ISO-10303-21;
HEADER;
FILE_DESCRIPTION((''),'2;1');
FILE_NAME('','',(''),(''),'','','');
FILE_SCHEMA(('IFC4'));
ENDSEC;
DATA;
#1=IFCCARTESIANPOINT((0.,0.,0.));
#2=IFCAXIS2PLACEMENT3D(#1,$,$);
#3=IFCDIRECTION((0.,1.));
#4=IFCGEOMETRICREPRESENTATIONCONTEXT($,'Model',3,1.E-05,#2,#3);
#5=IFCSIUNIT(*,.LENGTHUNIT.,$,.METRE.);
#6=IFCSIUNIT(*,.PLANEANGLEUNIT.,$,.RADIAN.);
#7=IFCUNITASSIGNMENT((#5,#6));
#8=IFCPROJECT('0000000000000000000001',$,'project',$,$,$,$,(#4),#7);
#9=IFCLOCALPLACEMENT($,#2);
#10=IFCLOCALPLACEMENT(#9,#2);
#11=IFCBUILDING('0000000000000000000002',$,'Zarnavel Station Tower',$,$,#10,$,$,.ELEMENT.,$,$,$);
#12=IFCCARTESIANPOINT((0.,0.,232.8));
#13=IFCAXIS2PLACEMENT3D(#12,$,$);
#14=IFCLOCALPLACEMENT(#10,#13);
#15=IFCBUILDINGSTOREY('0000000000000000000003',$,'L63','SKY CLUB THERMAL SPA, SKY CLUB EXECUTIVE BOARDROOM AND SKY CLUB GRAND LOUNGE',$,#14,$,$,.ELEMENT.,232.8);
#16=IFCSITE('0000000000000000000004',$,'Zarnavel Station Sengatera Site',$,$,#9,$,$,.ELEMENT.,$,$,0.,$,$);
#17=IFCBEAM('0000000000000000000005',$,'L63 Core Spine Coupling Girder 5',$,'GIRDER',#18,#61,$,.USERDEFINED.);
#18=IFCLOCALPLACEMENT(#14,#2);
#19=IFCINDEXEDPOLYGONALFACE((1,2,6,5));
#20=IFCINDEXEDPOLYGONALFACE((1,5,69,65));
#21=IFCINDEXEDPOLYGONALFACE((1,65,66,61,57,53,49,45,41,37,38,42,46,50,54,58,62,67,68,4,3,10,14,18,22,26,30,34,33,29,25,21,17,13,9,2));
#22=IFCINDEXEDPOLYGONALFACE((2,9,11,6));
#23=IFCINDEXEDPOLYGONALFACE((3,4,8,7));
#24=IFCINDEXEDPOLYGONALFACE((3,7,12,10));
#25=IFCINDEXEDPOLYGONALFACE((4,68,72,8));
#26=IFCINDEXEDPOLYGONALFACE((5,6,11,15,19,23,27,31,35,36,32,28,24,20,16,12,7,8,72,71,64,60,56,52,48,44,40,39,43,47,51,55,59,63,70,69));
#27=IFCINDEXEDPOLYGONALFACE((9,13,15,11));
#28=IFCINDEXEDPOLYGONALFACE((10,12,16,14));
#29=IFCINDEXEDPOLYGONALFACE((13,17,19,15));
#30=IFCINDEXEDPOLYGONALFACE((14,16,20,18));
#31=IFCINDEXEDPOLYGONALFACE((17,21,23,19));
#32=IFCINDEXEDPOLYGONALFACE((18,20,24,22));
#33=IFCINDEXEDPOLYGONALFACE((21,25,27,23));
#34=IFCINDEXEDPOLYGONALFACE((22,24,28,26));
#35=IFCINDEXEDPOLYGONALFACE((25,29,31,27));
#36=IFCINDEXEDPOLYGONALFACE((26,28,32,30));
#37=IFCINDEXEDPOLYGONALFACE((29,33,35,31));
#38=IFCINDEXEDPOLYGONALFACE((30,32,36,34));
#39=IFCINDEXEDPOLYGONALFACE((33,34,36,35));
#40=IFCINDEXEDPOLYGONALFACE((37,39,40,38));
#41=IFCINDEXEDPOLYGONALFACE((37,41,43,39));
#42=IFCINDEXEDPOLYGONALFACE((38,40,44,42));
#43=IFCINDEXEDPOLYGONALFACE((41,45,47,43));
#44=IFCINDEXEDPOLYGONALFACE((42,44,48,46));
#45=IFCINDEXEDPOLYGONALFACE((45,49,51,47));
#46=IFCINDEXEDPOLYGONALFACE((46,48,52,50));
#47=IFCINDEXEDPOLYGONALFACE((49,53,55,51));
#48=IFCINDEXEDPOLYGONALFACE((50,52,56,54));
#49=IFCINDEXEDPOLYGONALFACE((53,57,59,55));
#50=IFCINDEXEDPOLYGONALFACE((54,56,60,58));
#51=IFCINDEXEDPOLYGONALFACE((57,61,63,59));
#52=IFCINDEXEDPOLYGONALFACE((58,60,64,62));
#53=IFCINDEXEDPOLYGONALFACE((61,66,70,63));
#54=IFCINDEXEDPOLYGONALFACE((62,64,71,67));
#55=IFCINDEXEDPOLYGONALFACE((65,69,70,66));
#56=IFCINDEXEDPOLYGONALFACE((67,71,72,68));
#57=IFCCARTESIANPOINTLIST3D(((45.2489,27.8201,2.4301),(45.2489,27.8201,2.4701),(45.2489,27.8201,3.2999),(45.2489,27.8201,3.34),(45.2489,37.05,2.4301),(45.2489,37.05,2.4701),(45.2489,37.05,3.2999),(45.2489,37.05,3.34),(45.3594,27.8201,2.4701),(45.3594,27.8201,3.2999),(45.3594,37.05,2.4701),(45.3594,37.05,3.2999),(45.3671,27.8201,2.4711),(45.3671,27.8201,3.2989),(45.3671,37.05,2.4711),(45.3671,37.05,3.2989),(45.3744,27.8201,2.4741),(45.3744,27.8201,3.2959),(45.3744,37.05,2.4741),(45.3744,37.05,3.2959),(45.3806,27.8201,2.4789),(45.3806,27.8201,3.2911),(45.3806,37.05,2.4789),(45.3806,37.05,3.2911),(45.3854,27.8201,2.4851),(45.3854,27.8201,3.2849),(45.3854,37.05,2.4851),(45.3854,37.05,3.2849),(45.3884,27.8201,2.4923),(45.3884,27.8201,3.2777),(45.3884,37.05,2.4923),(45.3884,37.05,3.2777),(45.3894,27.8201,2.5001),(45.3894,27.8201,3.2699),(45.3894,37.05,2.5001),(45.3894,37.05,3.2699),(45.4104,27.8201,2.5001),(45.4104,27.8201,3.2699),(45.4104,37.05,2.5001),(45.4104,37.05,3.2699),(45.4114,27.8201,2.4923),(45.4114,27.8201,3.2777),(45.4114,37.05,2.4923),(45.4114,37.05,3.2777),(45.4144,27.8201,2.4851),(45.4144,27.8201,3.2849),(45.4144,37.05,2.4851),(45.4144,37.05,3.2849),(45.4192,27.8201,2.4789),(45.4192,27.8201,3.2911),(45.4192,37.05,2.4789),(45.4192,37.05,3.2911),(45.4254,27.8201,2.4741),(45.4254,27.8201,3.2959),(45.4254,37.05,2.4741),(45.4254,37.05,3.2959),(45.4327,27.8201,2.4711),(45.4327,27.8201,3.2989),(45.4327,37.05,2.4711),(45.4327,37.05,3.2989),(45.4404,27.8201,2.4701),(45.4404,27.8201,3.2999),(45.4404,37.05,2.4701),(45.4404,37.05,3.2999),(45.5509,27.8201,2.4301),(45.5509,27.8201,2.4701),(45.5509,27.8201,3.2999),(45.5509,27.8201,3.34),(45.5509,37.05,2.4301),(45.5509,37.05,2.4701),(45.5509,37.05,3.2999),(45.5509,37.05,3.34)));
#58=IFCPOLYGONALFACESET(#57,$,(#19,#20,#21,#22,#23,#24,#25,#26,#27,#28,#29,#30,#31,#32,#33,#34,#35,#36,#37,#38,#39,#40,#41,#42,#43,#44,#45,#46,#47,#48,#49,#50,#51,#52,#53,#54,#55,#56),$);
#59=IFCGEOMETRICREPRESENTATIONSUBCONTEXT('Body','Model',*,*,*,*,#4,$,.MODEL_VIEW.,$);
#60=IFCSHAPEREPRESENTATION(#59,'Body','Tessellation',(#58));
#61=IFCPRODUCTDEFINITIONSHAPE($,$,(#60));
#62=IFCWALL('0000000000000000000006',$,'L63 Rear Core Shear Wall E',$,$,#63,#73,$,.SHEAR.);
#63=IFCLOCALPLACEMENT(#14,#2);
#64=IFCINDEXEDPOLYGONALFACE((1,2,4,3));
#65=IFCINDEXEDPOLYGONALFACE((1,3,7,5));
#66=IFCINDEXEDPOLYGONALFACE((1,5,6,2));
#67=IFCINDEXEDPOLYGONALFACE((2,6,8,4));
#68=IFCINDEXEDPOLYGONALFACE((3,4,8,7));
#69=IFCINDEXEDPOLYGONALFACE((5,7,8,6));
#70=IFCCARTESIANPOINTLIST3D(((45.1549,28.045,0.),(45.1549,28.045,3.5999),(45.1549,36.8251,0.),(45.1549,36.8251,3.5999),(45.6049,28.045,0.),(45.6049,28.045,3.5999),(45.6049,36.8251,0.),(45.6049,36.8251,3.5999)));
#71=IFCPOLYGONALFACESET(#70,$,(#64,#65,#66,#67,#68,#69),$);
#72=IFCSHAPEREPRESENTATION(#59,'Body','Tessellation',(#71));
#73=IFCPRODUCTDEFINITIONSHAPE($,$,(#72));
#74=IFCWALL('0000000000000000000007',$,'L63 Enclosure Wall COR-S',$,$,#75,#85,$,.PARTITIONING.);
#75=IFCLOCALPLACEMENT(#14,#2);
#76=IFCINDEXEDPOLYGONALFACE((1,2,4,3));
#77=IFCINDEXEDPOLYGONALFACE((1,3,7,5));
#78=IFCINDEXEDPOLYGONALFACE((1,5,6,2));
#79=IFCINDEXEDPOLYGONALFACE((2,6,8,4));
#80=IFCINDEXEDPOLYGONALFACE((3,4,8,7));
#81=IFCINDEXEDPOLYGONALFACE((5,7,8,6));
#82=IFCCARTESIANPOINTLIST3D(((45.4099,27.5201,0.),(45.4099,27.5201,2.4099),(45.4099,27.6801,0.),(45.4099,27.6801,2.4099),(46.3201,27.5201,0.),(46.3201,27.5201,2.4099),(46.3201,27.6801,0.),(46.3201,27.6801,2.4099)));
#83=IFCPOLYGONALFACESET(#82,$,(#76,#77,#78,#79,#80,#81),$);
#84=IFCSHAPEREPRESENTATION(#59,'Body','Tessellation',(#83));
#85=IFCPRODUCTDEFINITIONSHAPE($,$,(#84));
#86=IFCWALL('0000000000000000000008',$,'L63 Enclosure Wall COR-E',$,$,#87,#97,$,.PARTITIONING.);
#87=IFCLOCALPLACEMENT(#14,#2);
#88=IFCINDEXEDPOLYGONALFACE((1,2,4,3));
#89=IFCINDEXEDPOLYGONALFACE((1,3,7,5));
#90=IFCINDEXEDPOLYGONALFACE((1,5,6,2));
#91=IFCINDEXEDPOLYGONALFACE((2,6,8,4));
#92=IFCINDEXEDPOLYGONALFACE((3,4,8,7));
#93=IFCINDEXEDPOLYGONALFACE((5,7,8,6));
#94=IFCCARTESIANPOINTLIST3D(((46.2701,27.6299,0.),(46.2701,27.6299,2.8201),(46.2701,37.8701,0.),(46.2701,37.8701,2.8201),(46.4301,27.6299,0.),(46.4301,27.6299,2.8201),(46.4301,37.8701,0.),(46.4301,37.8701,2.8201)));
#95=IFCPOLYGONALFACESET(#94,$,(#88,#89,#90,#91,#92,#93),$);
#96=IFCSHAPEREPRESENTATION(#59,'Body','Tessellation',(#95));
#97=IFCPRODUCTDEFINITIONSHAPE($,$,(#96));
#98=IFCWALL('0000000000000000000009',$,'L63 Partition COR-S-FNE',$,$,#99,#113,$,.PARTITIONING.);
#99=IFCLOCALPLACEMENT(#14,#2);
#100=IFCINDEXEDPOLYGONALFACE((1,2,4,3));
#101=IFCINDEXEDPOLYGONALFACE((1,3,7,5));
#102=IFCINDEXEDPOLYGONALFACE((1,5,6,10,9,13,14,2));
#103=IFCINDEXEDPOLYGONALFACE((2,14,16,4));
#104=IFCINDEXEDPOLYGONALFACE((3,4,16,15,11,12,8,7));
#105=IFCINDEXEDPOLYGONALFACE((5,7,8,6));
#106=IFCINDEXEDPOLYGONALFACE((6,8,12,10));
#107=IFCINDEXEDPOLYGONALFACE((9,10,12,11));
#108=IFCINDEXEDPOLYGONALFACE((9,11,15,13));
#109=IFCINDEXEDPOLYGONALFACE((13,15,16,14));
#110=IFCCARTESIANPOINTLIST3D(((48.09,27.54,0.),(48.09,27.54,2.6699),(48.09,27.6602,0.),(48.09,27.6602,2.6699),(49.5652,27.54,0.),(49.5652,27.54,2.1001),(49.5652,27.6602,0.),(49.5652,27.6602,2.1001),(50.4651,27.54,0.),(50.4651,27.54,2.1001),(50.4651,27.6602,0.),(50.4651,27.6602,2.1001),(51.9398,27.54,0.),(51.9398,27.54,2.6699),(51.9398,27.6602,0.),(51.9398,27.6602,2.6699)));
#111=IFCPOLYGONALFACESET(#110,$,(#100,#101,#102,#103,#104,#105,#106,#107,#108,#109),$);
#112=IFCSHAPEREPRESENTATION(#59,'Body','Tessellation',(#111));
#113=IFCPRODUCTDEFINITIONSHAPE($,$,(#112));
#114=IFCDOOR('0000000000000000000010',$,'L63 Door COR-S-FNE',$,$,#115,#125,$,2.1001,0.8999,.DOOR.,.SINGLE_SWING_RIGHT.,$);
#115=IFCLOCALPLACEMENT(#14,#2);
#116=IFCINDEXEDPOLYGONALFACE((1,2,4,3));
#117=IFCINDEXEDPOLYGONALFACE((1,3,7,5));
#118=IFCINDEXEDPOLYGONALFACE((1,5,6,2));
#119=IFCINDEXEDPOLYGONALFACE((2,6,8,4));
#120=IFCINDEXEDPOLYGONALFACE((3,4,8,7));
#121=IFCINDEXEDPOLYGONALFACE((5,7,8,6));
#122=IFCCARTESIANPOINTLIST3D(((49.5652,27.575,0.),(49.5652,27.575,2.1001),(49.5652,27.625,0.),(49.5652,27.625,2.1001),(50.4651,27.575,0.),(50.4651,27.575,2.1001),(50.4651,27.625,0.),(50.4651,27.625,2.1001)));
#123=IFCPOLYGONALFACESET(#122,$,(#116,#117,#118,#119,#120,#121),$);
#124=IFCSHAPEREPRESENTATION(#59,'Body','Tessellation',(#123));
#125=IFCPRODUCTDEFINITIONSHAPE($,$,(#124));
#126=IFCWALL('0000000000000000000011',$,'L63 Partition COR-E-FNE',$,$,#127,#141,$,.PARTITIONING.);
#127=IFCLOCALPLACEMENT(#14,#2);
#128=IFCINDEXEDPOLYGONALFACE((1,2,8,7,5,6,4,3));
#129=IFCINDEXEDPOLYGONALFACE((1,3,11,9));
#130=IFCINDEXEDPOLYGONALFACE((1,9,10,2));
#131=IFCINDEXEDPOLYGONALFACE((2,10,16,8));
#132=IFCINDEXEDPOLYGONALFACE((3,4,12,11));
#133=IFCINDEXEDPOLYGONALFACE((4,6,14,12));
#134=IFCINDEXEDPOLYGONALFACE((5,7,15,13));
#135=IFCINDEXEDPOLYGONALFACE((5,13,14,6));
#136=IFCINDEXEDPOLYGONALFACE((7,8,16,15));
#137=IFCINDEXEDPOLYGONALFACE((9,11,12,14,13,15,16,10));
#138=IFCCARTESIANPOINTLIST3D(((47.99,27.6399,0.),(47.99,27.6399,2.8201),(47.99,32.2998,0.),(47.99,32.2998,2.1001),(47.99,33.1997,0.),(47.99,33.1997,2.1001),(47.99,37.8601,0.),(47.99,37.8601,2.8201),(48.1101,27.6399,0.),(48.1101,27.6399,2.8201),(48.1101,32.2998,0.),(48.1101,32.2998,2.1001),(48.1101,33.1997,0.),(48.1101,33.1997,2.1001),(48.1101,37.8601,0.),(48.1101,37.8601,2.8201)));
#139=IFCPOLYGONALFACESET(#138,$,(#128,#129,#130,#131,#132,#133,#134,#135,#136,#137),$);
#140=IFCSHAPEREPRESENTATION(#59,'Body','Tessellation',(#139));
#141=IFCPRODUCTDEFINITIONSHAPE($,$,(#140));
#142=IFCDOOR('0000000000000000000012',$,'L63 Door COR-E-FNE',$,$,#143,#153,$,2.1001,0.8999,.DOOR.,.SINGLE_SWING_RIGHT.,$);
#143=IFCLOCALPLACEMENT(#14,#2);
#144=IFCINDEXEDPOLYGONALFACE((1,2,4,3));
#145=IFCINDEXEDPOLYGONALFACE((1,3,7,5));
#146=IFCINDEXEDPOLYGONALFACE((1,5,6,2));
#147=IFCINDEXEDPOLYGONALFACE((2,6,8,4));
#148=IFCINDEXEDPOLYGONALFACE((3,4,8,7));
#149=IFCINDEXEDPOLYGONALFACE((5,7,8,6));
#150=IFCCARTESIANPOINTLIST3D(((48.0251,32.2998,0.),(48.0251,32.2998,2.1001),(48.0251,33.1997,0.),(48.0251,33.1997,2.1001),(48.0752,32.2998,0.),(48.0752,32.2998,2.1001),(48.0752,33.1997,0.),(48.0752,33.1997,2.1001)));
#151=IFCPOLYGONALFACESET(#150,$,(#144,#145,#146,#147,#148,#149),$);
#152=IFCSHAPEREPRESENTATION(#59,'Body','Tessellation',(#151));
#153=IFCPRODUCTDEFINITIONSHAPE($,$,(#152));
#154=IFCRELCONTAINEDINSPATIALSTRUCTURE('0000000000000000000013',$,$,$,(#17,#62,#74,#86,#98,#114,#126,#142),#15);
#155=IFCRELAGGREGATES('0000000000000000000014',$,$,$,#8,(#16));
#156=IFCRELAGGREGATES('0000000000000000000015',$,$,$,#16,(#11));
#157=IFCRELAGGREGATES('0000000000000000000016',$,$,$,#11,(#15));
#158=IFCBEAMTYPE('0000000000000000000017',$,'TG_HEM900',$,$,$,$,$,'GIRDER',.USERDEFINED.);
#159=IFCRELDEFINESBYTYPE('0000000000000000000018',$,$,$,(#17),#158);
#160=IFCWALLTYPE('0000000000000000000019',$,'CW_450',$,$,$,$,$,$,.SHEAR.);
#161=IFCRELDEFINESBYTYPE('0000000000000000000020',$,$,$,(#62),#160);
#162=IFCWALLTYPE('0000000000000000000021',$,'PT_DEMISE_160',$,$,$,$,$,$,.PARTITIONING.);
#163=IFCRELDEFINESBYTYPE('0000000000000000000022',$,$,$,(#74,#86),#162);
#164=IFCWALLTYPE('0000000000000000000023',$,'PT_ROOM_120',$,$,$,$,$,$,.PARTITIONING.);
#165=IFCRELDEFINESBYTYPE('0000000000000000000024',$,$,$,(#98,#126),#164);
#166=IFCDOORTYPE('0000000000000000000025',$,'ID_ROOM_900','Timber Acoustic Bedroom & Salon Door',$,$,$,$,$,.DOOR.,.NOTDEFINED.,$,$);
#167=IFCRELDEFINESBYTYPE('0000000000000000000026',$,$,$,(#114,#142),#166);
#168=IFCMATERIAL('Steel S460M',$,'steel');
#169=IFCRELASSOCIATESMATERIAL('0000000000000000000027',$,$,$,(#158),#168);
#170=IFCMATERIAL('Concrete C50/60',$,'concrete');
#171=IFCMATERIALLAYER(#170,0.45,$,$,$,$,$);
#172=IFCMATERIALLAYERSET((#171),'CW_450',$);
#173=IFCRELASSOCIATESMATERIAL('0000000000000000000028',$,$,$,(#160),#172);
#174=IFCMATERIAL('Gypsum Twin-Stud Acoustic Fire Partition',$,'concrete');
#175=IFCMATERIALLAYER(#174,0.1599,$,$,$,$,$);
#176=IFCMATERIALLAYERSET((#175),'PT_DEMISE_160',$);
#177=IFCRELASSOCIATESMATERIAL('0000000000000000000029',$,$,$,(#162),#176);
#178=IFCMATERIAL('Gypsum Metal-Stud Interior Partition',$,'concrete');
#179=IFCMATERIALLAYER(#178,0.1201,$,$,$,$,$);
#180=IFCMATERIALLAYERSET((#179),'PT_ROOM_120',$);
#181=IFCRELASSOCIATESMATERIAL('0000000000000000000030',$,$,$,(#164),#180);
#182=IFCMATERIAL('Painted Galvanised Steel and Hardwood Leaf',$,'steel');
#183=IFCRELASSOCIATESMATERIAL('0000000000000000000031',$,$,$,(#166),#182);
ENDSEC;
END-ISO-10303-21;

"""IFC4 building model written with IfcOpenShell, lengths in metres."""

from ifc_helpers import new_model, si_unit, direction, frame, frame_2d, origin, origin_2d, place, context, subcontext, project, spatial, rectangle, i_section, extrude, material, layer, layer_set, material_profile, profile_set, type_object, element, fill, save


model = new_model("IFC4")

# Units and contexts
model_context = context("Model", 3, precision=1e-05, world=origin(), true_north=direction((0.0, 1.0)))
body_context = subcontext(model_context, "Body", "Model", "MODEL_VIEW")
ifc_project = project(units=[si_unit("LENGTHUNIT", "METRE"), si_unit("PLANEANGLEUNIT", "RADIAN")], contexts=[model_context])

# Site, building, storey
site_placement = place(None, origin())
site = spatial("IfcSite", under=ifc_project, at=site_placement, Name="Zarnavel Station Sengatera Site", CompositionType="ELEMENT", RefElevation=0.0)
building_placement = place(site_placement, origin())
building = spatial("IfcBuilding", under=site, at=building_placement, Name="Zarnavel Station Tower", CompositionType="ELEMENT")
storey_placement = place(building_placement, frame((0.0, 0.0, 232.8)))
storey = spatial("IfcBuildingStorey", under=building, at=storey_placement, Name="L63", Description="SKY CLUB THERMAL SPA, SKY CLUB EXECUTIVE BOARDROOM AND SKY CLUB GRAND LOUNGE", CompositionType="ELEMENT", Elevation=232.8)

# Beam
ifc_material_1 = material(Name="Steel S460M", Category="steel")
ifc_material_profile_1 = material_profile(ifc_material_1, i_section(OverallWidth=0.302, OverallDepth=0.9099, WebThickness=0.021, FlangeThickness=0.04, FilletRadius=0.03, at=origin_2d()), Name="HEM900")
ifc_profile_set_1 = profile_set([ifc_material_profile_1], Name="Steel S460M")
beam_type_1 = type_object("IfcBeamType", Name="TG_HEM900", ElementType="GIRDER", PredefinedType="USERDEFINED", material=ifc_profile_set_1)
beam_1_placement = place(storey_placement, frame((45.3999, 27.8201, 2.885), z_axis=(0.0, 1.0, 0.0), x_axis=(-1.0, 0.0, 0.0)))
element("IfcBeam", 1, at=beam_1_placement, inside=storey, type_object=beam_type_1, Name="L63 Core Spine Coupling Girder 5", ObjectType="GIRDER", PredefinedType="USERDEFINED", context=body_context, shape_type="SweptSolid", body=[
    extrude(i_section(OverallWidth=0.302, OverallDepth=0.9099, WebThickness=0.021, FlangeThickness=0.04, FilletRadius=0.03, at=origin_2d()), origin(), (0.0, 0.0, 1.0), 9.23),
])

# Shared definitions
ifc_material_2 = material(Name="Concrete C50/60", Category="concrete")
ifc_layer_1 = layer(ifc_material_2, 0.45)
ifc_layer_set_1 = layer_set([ifc_layer_1], Name="CW_450")
wall_type_1 = type_object("IfcWallType", Name="CW_450", PredefinedType="SHEAR", material=ifc_layer_set_1)

# Walls
wall_1_placement = place(storey_placement, frame((45.3799, 28.0449, 0.0), z_axis=(0.0, 0.0, 1.0), x_axis=(0.0, 1.0, 0.0)))
element("IfcWall", 2, at=wall_1_placement, inside=storey, type_object=wall_type_1, Name="L63 Rear Core Shear Wall E", PredefinedType="SHEAR", context=body_context, shape_type="SweptSolid", body=[
    extrude(rectangle(XDim=8.78, YDim=0.45, at=frame_2d((4.3901, 0.0))), origin(), (0.0, 0.0, 1.0), 3.5999),
])
ifc_material_3 = material(Name="Gypsum Twin-Stud Acoustic Fire Partition", Category="concrete")
ifc_layer_2 = layer(ifc_material_3, 0.1599)
ifc_layer_set_2 = layer_set([ifc_layer_2], Name="PT_DEMISE_160")
wall_type_2 = type_object("IfcWallType", Name="PT_DEMISE_160", PredefinedType="PARTITIONING", material=ifc_layer_set_2)
wall_2_placement = place(storey_placement, frame((45.4099, 27.6001, 0.0), z_axis=(0.0, 0.0, 1.0), x_axis=(1.0, 0.0, 0.0)))
element("IfcWall", 3, at=wall_2_placement, inside=storey, type_object=wall_type_2, Name="L63 Enclosure Wall COR-S", PredefinedType="PARTITIONING", context=body_context, shape_type="SweptSolid", body=[
    extrude(rectangle(XDim=0.9102, YDim=0.1599, at=frame_2d((0.4551, 0.0))), origin(), (0.0, 0.0, 1.0), 2.4099),
])
wall_3_placement = place(storey_placement, frame((46.3501, 27.6299, 0.0), z_axis=(0.0, 0.0, 1.0), x_axis=(0.0, 1.0, 0.0)))
element("IfcWall", 4, at=wall_3_placement, inside=storey, type_object=wall_type_2, Name="L63 Enclosure Wall COR-E", PredefinedType="PARTITIONING", context=body_context, shape_type="SweptSolid", body=[
    extrude(rectangle(XDim=10.2402, YDim=0.1599, at=frame_2d((5.1201, 0.0))), origin(), (0.0, 0.0, 1.0), 2.8201),
])

# Walls, openings, doors
ifc_material_4 = material(Name="Gypsum Metal-Stud Interior Partition", Category="concrete")
ifc_layer_3 = layer(ifc_material_4, 0.1201)
ifc_layer_set_3 = layer_set([ifc_layer_3], Name="PT_ROOM_120")
wall_type_3 = type_object("IfcWallType", Name="PT_ROOM_120", PredefinedType="PARTITIONING", material=ifc_layer_set_3)
wall_4_placement = place(storey_placement, frame((48.0901, 27.6001, 0.0), z_axis=(0.0, 0.0, 1.0), x_axis=(1.0, 0.0, 0.0)))
wall_4 = element("IfcWall", 5, at=wall_4_placement, inside=storey, type_object=wall_type_3, Name="L63 Partition COR-S-FNE", PredefinedType="PARTITIONING", context=body_context, shape_type="SweptSolid", body=[
    extrude(rectangle(XDim=3.8499, YDim=0.1201, at=frame_2d((1.9248, 0.0))), origin(), (0.0, 0.0, 1.0), 2.6699),
])
opening_1_placement = place(wall_4_placement, frame((1.4751, 0.0, 0.0)))
opening_1 = element("IfcOpeningElement", 6, at=opening_1_placement, cuts=wall_4, PredefinedType="OPENING", context=body_context, shape_type="SweptSolid", body=[
    extrude(rectangle(XDim=0.8999, YDim=2.1001, at=frame_2d((0.45, 1.05))), frame((0.0, 0.0701, 0.0), z_axis=(0.0, -1.0, 0.0), x_axis=(1.0, 0.0, 0.0)), (0.0, 0.0, 1.0), 0.1401),
])
ifc_material_5 = material(Name="Painted Galvanised Steel and Hardwood Leaf", Category="steel")
door_type_1 = type_object("IfcDoorType", Name="ID_ROOM_900", Description="Timber Acoustic Bedroom & Salon Door", OperationType="NOTDEFINED", PredefinedType="DOOR", material=ifc_material_5)
door_1_placement = place(opening_1_placement, origin())
door_1 = element("IfcDoor", 7, at=door_1_placement, inside=storey, type_object=door_type_1, Name="L63 Door COR-S-FNE", OperationType="SINGLE_SWING_RIGHT", OverallHeight=2.1001, OverallWidth=0.8999, PredefinedType="DOOR", context=body_context, shape_type="SweptSolid", body=[
    extrude(rectangle(XDim=0.8999, YDim=2.1001, at=frame_2d((0.45, 1.05))), frame((0.0, 0.0249, 0.0), z_axis=(0.0, -1.0, 0.0), x_axis=(1.0, 0.0, 0.0)), (0.0, 0.0, 1.0), 0.05),
])
fill(opening_1, door_1)
wall_5_placement = place(storey_placement, frame((48.05, 27.6399, 0.0), z_axis=(0.0, 0.0, 1.0), x_axis=(0.0, 1.0, 0.0)))
wall_5 = element("IfcWall", 8, at=wall_5_placement, inside=storey, type_object=wall_type_3, Name="L63 Partition COR-E-FNE", PredefinedType="PARTITIONING", context=body_context, shape_type="SweptSolid", body=[
    extrude(rectangle(XDim=10.2202, YDim=0.1201, at=frame_2d((5.1101, 0.0))), origin(), (0.0, 0.0, 1.0), 2.8201),
])
opening_2_placement = place(wall_5_placement, frame((4.6599, 0.0, 0.0)))
opening_2 = element("IfcOpeningElement", 9, at=opening_2_placement, cuts=wall_5, PredefinedType="OPENING", context=body_context, shape_type="SweptSolid", body=[
    extrude(rectangle(XDim=0.8999, YDim=2.1001, at=frame_2d((0.45, 1.05))), frame((0.0, 0.0701, 0.0), z_axis=(0.0, -1.0, 0.0), x_axis=(1.0, 0.0, 0.0)), (0.0, 0.0, 1.0), 0.1401),
])
door_2_placement = place(opening_2_placement, origin())
door_2 = element("IfcDoor", 10, at=door_2_placement, inside=storey, type_object=door_type_1, Name="L63 Door COR-E-FNE", OperationType="SINGLE_SWING_RIGHT", OverallHeight=2.1001, OverallWidth=0.8999, PredefinedType="DOOR", context=body_context, shape_type="SweptSolid", body=[
    extrude(rectangle(XDim=0.8999, YDim=2.1001, at=frame_2d((0.45, 1.05))), frame((0.0, 0.0249, 0.0), z_axis=(0.0, -1.0, 0.0), x_axis=(1.0, 0.0, 0.0)), (0.0, 0.0, 1.0), 0.05),
])
fill(opening_2, door_2)

save(model, "model.ifc")
